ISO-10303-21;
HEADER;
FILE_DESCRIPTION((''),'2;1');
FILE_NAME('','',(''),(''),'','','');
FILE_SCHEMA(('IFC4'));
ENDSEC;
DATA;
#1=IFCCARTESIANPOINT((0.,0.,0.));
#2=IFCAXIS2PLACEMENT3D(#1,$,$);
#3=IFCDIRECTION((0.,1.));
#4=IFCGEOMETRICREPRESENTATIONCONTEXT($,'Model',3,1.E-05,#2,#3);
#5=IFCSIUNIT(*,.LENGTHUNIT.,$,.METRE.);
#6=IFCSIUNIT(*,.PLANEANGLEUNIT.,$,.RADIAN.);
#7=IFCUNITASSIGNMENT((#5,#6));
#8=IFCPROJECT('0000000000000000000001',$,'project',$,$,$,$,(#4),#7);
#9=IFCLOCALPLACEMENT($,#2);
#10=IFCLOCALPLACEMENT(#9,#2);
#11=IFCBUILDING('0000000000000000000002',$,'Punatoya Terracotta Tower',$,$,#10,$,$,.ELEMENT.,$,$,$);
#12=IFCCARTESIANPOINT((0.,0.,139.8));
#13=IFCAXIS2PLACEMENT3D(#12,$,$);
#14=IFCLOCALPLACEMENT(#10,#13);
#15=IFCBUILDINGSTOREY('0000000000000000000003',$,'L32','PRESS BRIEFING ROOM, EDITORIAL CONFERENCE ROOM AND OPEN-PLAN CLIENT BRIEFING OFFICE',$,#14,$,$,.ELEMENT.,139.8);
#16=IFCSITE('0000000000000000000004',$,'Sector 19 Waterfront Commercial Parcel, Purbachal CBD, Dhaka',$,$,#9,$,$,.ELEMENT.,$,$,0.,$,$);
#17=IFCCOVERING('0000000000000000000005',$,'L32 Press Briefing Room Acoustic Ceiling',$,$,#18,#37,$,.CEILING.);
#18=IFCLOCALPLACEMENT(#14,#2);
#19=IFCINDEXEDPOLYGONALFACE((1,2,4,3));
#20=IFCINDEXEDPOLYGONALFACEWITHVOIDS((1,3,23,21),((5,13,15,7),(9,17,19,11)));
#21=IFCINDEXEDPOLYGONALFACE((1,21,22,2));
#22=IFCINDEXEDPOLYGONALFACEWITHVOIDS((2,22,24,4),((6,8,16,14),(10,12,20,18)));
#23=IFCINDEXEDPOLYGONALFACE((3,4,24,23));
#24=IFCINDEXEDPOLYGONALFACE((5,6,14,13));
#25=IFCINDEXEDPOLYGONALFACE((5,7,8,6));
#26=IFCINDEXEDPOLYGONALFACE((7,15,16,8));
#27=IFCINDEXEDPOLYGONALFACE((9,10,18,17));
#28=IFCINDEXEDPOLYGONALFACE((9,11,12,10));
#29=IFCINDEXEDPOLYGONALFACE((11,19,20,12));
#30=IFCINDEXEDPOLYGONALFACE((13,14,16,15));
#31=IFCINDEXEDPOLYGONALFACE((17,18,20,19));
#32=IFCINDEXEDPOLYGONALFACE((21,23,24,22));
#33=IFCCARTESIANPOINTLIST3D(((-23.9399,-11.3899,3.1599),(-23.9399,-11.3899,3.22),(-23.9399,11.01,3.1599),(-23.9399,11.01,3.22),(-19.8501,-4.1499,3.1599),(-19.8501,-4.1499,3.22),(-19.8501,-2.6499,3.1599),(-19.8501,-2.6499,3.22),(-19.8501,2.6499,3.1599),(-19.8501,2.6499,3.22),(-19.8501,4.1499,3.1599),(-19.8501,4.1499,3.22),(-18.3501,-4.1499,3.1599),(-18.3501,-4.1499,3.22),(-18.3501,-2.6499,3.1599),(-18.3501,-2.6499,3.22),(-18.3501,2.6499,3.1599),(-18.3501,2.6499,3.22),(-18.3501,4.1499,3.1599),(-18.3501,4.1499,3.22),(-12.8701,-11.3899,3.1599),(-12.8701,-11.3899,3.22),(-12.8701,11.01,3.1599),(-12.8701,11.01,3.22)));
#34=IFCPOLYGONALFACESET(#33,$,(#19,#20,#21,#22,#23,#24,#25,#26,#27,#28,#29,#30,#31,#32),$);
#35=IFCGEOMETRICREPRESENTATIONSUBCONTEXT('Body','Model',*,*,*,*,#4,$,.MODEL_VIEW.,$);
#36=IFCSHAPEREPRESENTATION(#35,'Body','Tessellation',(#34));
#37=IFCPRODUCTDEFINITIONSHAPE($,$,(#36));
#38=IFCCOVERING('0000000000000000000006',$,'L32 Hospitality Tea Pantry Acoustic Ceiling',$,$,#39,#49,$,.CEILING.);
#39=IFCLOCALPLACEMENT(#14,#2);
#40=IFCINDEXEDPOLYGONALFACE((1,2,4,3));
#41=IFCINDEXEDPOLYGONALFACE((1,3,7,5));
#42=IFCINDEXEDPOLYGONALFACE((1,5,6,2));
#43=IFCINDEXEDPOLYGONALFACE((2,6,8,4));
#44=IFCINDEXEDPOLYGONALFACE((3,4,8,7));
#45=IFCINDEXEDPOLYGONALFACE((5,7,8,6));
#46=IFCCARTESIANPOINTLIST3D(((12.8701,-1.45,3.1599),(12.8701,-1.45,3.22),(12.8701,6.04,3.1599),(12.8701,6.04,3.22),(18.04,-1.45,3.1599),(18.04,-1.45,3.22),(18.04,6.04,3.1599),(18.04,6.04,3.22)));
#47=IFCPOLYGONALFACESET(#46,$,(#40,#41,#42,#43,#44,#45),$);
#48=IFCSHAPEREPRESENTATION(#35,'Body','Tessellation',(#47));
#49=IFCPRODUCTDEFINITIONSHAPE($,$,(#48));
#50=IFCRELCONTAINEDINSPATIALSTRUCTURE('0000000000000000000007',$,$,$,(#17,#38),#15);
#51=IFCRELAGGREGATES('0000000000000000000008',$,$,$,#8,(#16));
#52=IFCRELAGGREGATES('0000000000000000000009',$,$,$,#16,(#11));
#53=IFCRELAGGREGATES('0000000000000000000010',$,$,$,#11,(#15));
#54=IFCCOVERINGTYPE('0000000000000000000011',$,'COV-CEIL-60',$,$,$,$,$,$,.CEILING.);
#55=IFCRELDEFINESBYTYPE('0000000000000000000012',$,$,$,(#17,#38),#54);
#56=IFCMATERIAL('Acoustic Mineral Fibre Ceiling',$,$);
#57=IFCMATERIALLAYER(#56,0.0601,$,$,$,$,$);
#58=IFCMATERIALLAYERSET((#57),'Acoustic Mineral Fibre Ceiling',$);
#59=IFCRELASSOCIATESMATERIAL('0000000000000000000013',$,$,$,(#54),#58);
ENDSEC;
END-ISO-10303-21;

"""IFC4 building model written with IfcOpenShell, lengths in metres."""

from ifc_helpers import new_model, si_unit, direction, frame, origin, place, context, subcontext, project, spatial, polyline, outline, extrude, material, layer, layer_set, type_object, element, save


model = new_model("IFC4")

# Units and contexts
model_context = context("Model", 3, precision=1e-05, world=origin(), true_north=direction((0.0, 1.0)))
body_context = subcontext(model_context, "Body", "Model", "MODEL_VIEW")
ifc_project = project(units=[si_unit("LENGTHUNIT", "METRE"), si_unit("PLANEANGLEUNIT", "RADIAN")], contexts=[model_context])

# Site, building, storey
site_placement = place(None, origin())
site = spatial("IfcSite", under=ifc_project, at=site_placement, Name="Sector 19 Waterfront Commercial Parcel, Purbachal CBD, Dhaka", CompositionType="ELEMENT", RefElevation=0.0)
building_placement = place(site_placement, origin())
building = spatial("IfcBuilding", under=site, at=building_placement, Name="Punatoya Terracotta Tower", CompositionType="ELEMENT")
storey_placement = place(building_placement, frame((0.0, 0.0, 139.8)))
storey = spatial("IfcBuildingStorey", under=building, at=storey_placement, Name="L32", Description="PRESS BRIEFING ROOM, EDITORIAL CONFERENCE ROOM AND OPEN-PLAN CLIENT BRIEFING OFFICE", CompositionType="ELEMENT", Elevation=139.8)

# Coverings
ifc_material_1 = material(Name="Acoustic Mineral Fibre Ceiling")
ifc_layer_1 = layer(ifc_material_1, 0.0601)
ifc_layer_set_1 = layer_set([ifc_layer_1], Name="Acoustic Mineral Fibre Ceiling")
covering_type = type_object("IfcCoveringType", Name="COV-CEIL-60", PredefinedType="CEILING", material=ifc_layer_set_1)
covering_1_placement = place(storey_placement, frame((0.0, 0.0, 3.1599)))
element("IfcCovering", 1, at=covering_1_placement, inside=storey, type_object=covering_type, Name="L32 Press Briefing Room Acoustic Ceiling", PredefinedType="CEILING", context=body_context, shape_type="SweptSolid", body=[
    extrude(outline(polyline([(-12.8701, -11.3899), (-12.8701, 11.01), (-23.9399, 11.01), (-23.9399, -11.3899), (-12.8701, -11.3899)]), holes=[polyline([(-18.3501, -4.1499), (-19.8501, -4.1499), (-19.8501, -2.6499), (-18.3501, -2.6499), (-18.3501, -4.1499)]), polyline([(-18.3501, 4.1499), (-18.3501, 2.6499), (-19.8501, 2.6499), (-19.8501, 4.1499), (-18.3501, 4.1499)])]), origin(), (0.0, 0.0, 1.0), 0.0601),
])
covering_2_placement = place(storey_placement, frame((0.0, 0.0, 3.1599)))
element("IfcCovering", 2, at=covering_2_placement, inside=storey, type_object=covering_type, Name="L32 Hospitality Tea Pantry Acoustic Ceiling", PredefinedType="CEILING", context=body_context, shape_type="SweptSolid", body=[
    extrude(outline(polyline([(12.8701, 6.04), (12.8701, -1.45), (18.04, -1.45), (18.04, 6.04), (12.8701, 6.04)])), origin(), (0.0, 0.0, 1.0), 0.0601),
])

save(model, "model.ifc")
